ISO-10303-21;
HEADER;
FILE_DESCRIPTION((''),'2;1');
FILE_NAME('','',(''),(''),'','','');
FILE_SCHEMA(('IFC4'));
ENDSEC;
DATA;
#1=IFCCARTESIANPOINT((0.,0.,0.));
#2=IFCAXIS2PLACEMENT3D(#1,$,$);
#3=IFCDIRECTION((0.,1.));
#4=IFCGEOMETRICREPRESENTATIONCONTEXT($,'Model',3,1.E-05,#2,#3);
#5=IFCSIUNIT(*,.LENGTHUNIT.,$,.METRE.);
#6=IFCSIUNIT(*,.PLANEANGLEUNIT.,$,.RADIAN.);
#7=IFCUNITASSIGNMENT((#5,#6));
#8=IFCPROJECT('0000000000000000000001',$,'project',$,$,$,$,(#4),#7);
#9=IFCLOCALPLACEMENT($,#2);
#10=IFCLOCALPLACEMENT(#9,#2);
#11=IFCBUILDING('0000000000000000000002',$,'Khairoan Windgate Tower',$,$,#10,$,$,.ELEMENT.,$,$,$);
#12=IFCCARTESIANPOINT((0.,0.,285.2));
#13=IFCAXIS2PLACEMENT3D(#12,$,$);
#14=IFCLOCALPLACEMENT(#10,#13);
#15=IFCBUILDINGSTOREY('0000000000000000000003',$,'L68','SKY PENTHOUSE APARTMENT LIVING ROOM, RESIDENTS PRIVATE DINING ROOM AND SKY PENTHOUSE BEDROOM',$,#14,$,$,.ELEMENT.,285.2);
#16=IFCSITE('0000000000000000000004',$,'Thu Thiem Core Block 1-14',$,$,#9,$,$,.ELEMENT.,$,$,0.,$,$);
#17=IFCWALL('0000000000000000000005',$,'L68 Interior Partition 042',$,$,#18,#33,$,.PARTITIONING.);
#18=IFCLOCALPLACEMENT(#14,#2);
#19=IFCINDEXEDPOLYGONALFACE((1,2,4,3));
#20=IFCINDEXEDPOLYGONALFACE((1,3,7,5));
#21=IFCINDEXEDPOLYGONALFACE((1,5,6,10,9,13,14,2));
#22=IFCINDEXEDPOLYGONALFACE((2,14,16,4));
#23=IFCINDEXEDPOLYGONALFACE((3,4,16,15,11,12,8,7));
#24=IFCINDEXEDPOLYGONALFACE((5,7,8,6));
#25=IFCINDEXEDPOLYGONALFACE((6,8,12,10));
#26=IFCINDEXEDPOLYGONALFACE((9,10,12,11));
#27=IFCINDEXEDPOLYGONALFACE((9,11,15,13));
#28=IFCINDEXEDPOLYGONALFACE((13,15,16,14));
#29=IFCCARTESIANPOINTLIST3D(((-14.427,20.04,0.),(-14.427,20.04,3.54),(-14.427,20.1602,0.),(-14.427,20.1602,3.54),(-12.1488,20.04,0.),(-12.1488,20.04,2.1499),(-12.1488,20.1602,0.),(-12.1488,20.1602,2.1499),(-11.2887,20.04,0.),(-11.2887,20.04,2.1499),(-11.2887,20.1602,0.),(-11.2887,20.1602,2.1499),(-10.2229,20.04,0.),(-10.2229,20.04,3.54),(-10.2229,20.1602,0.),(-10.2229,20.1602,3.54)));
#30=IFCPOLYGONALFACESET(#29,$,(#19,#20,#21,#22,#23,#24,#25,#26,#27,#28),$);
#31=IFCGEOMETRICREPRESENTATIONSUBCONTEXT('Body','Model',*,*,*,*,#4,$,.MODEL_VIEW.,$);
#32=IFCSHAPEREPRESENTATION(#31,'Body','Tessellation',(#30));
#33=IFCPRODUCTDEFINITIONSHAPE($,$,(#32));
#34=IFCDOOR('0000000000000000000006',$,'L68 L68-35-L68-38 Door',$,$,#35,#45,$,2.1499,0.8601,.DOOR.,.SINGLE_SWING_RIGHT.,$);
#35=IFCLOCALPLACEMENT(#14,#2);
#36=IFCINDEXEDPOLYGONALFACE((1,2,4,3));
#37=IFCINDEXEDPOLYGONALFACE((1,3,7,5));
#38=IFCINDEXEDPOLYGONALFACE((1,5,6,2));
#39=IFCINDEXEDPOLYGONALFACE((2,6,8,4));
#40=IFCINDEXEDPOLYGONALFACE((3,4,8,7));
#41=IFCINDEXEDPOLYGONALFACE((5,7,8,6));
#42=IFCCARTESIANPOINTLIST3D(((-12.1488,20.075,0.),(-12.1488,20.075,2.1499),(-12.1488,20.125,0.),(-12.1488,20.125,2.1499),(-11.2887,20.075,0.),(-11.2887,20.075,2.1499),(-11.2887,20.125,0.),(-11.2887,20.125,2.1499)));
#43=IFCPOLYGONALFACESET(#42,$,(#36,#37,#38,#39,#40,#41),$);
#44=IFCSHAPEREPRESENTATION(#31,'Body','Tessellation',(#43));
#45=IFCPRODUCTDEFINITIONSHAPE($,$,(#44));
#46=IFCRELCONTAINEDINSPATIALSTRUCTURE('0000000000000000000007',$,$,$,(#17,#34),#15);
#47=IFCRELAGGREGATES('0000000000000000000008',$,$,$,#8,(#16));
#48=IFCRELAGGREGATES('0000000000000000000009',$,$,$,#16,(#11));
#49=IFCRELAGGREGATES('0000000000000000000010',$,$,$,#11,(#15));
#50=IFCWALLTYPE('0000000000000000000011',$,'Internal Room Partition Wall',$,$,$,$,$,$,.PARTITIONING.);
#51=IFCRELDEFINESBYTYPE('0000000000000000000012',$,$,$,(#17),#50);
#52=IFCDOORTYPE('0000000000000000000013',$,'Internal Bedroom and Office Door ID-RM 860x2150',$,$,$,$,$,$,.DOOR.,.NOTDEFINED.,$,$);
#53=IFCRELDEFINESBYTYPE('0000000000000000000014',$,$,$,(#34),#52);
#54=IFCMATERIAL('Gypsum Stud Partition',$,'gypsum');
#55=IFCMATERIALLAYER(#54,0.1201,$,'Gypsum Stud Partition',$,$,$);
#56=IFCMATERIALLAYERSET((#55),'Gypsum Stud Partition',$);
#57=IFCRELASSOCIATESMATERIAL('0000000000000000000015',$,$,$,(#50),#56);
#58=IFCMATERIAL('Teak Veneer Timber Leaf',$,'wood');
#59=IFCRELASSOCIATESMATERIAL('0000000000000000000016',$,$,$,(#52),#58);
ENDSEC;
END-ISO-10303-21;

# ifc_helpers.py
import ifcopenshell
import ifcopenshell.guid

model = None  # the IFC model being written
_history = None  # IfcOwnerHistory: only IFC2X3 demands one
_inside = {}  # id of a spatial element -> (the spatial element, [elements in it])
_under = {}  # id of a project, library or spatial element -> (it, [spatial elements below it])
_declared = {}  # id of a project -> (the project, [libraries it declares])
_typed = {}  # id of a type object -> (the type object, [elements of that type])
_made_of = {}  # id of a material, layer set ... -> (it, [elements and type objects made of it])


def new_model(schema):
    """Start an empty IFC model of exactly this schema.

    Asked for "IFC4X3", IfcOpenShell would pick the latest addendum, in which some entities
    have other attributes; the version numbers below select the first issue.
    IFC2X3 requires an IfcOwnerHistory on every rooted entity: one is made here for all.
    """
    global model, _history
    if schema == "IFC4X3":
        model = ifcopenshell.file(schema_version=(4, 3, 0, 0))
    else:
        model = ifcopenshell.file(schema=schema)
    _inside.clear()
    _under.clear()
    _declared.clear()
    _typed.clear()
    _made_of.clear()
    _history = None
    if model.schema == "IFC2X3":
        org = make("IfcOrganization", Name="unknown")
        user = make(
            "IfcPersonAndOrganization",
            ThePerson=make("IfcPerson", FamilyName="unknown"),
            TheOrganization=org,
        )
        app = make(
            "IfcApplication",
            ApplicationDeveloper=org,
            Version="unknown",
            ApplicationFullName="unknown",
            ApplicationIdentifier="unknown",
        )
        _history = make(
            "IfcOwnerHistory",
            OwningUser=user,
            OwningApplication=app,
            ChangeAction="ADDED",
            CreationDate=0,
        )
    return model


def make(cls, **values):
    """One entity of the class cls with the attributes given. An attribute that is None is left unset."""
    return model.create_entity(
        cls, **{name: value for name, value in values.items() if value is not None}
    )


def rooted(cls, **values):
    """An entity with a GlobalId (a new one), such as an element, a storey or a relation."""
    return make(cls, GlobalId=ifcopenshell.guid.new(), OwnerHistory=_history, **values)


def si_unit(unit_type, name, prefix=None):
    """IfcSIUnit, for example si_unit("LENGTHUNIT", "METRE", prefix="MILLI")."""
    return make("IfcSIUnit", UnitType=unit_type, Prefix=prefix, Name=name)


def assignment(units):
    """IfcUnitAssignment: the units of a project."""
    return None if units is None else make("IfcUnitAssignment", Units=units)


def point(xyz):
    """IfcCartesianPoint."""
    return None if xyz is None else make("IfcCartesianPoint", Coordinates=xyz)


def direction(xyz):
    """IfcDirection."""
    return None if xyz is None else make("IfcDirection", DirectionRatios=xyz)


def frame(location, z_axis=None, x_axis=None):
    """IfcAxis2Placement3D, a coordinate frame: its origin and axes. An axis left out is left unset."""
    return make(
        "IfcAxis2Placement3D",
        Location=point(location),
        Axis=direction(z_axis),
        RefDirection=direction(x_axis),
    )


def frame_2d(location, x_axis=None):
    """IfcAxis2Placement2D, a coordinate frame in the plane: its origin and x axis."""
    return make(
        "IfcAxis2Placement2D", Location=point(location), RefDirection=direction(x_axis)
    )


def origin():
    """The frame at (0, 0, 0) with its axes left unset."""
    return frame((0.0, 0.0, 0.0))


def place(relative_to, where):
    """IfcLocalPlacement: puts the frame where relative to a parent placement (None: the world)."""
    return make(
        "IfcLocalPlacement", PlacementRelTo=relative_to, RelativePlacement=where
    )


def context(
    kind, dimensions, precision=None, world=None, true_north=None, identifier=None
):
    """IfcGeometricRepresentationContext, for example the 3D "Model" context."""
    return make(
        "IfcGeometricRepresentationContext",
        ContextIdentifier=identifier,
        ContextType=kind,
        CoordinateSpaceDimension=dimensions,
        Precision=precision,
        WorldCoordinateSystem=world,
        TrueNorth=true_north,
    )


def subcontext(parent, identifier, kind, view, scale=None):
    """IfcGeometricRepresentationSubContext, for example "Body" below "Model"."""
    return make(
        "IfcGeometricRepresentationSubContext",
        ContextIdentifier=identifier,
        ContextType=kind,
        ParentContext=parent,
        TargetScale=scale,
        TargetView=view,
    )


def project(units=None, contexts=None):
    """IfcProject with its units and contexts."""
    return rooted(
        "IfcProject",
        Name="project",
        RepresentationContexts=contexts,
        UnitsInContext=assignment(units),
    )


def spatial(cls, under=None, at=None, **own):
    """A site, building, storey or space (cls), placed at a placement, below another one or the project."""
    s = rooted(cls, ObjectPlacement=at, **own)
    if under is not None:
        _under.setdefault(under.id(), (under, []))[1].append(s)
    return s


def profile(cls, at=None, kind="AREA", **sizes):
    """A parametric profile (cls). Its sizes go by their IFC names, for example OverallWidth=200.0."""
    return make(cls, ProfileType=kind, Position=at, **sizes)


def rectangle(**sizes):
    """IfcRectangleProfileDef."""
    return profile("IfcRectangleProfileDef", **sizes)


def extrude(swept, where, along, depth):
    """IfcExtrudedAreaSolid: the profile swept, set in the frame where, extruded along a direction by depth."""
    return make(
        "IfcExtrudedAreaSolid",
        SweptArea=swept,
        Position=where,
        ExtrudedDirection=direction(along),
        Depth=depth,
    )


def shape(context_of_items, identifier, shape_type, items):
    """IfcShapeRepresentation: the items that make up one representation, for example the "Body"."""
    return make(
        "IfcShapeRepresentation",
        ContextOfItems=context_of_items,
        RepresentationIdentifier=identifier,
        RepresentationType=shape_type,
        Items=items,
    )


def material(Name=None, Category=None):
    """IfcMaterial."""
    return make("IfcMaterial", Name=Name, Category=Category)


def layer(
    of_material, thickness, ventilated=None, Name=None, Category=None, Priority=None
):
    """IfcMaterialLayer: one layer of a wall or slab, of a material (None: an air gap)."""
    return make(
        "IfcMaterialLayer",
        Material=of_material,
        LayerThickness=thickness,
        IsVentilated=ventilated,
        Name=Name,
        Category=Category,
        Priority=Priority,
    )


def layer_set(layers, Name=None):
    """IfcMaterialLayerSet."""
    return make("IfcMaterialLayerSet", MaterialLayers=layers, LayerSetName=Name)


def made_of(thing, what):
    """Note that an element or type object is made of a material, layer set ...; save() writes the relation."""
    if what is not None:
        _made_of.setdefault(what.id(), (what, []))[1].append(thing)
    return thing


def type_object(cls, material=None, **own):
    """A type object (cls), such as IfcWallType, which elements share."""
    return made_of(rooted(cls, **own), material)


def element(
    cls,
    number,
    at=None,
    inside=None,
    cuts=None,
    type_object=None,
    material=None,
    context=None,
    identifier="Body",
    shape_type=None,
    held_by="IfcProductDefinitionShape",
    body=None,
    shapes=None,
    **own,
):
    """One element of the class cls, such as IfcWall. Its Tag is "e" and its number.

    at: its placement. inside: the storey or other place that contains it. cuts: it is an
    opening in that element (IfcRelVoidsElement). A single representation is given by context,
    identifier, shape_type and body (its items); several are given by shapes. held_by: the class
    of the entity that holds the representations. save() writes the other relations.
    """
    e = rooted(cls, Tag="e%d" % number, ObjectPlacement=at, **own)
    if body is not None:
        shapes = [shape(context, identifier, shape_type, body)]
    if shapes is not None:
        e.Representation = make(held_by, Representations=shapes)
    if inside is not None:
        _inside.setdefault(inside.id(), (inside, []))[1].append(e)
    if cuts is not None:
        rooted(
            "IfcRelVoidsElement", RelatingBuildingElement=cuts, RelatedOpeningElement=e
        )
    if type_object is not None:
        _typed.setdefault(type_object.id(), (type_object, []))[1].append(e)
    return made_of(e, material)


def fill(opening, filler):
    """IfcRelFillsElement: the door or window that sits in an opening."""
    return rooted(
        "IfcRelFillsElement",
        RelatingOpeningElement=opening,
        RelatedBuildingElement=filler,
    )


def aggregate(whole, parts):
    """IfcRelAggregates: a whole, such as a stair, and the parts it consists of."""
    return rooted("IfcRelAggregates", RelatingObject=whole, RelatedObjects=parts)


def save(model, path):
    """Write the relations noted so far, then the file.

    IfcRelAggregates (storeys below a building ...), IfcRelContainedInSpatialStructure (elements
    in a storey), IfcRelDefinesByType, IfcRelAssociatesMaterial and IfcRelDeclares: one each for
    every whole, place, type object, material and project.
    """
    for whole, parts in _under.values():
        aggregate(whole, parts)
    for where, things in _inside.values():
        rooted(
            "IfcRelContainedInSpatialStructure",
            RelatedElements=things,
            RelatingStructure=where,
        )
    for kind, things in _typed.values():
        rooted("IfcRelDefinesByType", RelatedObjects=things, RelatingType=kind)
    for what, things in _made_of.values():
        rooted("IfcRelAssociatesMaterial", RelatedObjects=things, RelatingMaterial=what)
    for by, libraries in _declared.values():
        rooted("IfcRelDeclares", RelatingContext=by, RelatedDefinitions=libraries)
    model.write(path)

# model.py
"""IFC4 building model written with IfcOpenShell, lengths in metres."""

from ifc_helpers import new_model, si_unit, direction, frame, frame_2d, origin, place, context, subcontext, project, spatial, rectangle, extrude, material, layer, layer_set, type_object, element, fill, save


model = new_model("IFC4")

# Units and contexts
model_context = context("Model", 3, precision=1e-05, world=origin(), true_north=direction((0.0, 1.0)))
body_context = subcontext(model_context, "Body", "Model", "MODEL_VIEW")
ifc_project = project(units=[si_unit("LENGTHUNIT", "METRE"), si_unit("PLANEANGLEUNIT", "RADIAN")], contexts=[model_context])

# Site, building, storey
site_placement = place(None, origin())
site = spatial("IfcSite", under=ifc_project, at=site_placement, Name="Thu Thiem Core Block 1-14", CompositionType="ELEMENT", RefElevation=0.0)
building_placement = place(site_placement, origin())
building = spatial("IfcBuilding", under=site, at=building_placement, Name="Khairoan Windgate Tower", CompositionType="ELEMENT")
storey_placement = place(building_placement, frame((0.0, 0.0, 285.2)))
storey = spatial("IfcBuildingStorey", under=building, at=storey_placement, Name="L68", Description="SKY PENTHOUSE APARTMENT LIVING ROOM, RESIDENTS PRIVATE DINING ROOM AND SKY PENTHOUSE BEDROOM", CompositionType="ELEMENT", Elevation=285.2)

# Wall, opening, door
ifc_material_1 = material(Name="Gypsum Stud Partition", Category="gypsum")
ifc_layer_1 = layer(ifc_material_1, 0.1201, Name="Gypsum Stud Partition")
ifc_layer_set_1 = layer_set([ifc_layer_1], Name="Gypsum Stud Partition")
wall_type = type_object("IfcWallType", Name="Internal Room Partition Wall", PredefinedType="PARTITIONING", material=ifc_layer_set_1)
ifc_material_2 = material(Name="Teak Veneer Timber Leaf", Category="wood")
door_type_1 = type_object("IfcDoorType", Name="Internal Bedroom and Office Door ID-RM 860x2150", OperationType="NOTDEFINED", PredefinedType="DOOR", material=ifc_material_2)
wall_1_placement = place(storey_placement, frame((-14.427, 20.1001, 0.0), z_axis=(0.0, 0.0, 1.0), x_axis=(1.0, 0.0, 0.0)))
wall_1 = element("IfcWall", 1, at=wall_1_placement, inside=storey, type_object=wall_type, Name="L68 Interior Partition 042", PredefinedType="PARTITIONING", context=body_context, shape_type="SweptSolid", body=[
    extrude(rectangle(XDim=4.2041, YDim=0.1201, at=frame_2d((2.1021, 0.0))), origin(), (0.0, 0.0, 1.0), 3.54),
])
opening_1_placement = place(wall_1_placement, frame((2.2781, 0.0, 0.0)))
opening_1 = element("IfcOpeningElement", 2, at=opening_1_placement, cuts=wall_1, PredefinedType="OPENING", context=body_context, shape_type="SweptSolid", body=[
    extrude(rectangle(XDim=0.8601, YDim=2.1499, at=frame_2d((0.4302, 1.075))), frame((0.0, 0.0701, 0.0), z_axis=(0.0, -1.0, 0.0), x_axis=(1.0, 0.0, 0.0)), (0.0, 0.0, 1.0), 0.1401),
])
door_1_placement = place(opening_1_placement, origin())
door_1 = element("IfcDoor", 3, at=door_1_placement, inside=storey, type_object=door_type_1, Name="L68 L68-35-L68-38 Door", OperationType="SINGLE_SWING_RIGHT", OverallHeight=2.1499, OverallWidth=0.8601, PredefinedType="DOOR", context=body_context, shape_type="SweptSolid", body=[
    extrude(rectangle(XDim=0.8601, YDim=2.1499, at=frame_2d((0.4302, 1.075))), frame((0.0, 0.0249, 0.0), z_axis=(0.0, -1.0, 0.0), x_axis=(1.0, 0.0, 0.0)), (0.0, 0.0, 1.0), 0.05),
])
fill(opening_1, door_1)

save(model, "model.ifc")
